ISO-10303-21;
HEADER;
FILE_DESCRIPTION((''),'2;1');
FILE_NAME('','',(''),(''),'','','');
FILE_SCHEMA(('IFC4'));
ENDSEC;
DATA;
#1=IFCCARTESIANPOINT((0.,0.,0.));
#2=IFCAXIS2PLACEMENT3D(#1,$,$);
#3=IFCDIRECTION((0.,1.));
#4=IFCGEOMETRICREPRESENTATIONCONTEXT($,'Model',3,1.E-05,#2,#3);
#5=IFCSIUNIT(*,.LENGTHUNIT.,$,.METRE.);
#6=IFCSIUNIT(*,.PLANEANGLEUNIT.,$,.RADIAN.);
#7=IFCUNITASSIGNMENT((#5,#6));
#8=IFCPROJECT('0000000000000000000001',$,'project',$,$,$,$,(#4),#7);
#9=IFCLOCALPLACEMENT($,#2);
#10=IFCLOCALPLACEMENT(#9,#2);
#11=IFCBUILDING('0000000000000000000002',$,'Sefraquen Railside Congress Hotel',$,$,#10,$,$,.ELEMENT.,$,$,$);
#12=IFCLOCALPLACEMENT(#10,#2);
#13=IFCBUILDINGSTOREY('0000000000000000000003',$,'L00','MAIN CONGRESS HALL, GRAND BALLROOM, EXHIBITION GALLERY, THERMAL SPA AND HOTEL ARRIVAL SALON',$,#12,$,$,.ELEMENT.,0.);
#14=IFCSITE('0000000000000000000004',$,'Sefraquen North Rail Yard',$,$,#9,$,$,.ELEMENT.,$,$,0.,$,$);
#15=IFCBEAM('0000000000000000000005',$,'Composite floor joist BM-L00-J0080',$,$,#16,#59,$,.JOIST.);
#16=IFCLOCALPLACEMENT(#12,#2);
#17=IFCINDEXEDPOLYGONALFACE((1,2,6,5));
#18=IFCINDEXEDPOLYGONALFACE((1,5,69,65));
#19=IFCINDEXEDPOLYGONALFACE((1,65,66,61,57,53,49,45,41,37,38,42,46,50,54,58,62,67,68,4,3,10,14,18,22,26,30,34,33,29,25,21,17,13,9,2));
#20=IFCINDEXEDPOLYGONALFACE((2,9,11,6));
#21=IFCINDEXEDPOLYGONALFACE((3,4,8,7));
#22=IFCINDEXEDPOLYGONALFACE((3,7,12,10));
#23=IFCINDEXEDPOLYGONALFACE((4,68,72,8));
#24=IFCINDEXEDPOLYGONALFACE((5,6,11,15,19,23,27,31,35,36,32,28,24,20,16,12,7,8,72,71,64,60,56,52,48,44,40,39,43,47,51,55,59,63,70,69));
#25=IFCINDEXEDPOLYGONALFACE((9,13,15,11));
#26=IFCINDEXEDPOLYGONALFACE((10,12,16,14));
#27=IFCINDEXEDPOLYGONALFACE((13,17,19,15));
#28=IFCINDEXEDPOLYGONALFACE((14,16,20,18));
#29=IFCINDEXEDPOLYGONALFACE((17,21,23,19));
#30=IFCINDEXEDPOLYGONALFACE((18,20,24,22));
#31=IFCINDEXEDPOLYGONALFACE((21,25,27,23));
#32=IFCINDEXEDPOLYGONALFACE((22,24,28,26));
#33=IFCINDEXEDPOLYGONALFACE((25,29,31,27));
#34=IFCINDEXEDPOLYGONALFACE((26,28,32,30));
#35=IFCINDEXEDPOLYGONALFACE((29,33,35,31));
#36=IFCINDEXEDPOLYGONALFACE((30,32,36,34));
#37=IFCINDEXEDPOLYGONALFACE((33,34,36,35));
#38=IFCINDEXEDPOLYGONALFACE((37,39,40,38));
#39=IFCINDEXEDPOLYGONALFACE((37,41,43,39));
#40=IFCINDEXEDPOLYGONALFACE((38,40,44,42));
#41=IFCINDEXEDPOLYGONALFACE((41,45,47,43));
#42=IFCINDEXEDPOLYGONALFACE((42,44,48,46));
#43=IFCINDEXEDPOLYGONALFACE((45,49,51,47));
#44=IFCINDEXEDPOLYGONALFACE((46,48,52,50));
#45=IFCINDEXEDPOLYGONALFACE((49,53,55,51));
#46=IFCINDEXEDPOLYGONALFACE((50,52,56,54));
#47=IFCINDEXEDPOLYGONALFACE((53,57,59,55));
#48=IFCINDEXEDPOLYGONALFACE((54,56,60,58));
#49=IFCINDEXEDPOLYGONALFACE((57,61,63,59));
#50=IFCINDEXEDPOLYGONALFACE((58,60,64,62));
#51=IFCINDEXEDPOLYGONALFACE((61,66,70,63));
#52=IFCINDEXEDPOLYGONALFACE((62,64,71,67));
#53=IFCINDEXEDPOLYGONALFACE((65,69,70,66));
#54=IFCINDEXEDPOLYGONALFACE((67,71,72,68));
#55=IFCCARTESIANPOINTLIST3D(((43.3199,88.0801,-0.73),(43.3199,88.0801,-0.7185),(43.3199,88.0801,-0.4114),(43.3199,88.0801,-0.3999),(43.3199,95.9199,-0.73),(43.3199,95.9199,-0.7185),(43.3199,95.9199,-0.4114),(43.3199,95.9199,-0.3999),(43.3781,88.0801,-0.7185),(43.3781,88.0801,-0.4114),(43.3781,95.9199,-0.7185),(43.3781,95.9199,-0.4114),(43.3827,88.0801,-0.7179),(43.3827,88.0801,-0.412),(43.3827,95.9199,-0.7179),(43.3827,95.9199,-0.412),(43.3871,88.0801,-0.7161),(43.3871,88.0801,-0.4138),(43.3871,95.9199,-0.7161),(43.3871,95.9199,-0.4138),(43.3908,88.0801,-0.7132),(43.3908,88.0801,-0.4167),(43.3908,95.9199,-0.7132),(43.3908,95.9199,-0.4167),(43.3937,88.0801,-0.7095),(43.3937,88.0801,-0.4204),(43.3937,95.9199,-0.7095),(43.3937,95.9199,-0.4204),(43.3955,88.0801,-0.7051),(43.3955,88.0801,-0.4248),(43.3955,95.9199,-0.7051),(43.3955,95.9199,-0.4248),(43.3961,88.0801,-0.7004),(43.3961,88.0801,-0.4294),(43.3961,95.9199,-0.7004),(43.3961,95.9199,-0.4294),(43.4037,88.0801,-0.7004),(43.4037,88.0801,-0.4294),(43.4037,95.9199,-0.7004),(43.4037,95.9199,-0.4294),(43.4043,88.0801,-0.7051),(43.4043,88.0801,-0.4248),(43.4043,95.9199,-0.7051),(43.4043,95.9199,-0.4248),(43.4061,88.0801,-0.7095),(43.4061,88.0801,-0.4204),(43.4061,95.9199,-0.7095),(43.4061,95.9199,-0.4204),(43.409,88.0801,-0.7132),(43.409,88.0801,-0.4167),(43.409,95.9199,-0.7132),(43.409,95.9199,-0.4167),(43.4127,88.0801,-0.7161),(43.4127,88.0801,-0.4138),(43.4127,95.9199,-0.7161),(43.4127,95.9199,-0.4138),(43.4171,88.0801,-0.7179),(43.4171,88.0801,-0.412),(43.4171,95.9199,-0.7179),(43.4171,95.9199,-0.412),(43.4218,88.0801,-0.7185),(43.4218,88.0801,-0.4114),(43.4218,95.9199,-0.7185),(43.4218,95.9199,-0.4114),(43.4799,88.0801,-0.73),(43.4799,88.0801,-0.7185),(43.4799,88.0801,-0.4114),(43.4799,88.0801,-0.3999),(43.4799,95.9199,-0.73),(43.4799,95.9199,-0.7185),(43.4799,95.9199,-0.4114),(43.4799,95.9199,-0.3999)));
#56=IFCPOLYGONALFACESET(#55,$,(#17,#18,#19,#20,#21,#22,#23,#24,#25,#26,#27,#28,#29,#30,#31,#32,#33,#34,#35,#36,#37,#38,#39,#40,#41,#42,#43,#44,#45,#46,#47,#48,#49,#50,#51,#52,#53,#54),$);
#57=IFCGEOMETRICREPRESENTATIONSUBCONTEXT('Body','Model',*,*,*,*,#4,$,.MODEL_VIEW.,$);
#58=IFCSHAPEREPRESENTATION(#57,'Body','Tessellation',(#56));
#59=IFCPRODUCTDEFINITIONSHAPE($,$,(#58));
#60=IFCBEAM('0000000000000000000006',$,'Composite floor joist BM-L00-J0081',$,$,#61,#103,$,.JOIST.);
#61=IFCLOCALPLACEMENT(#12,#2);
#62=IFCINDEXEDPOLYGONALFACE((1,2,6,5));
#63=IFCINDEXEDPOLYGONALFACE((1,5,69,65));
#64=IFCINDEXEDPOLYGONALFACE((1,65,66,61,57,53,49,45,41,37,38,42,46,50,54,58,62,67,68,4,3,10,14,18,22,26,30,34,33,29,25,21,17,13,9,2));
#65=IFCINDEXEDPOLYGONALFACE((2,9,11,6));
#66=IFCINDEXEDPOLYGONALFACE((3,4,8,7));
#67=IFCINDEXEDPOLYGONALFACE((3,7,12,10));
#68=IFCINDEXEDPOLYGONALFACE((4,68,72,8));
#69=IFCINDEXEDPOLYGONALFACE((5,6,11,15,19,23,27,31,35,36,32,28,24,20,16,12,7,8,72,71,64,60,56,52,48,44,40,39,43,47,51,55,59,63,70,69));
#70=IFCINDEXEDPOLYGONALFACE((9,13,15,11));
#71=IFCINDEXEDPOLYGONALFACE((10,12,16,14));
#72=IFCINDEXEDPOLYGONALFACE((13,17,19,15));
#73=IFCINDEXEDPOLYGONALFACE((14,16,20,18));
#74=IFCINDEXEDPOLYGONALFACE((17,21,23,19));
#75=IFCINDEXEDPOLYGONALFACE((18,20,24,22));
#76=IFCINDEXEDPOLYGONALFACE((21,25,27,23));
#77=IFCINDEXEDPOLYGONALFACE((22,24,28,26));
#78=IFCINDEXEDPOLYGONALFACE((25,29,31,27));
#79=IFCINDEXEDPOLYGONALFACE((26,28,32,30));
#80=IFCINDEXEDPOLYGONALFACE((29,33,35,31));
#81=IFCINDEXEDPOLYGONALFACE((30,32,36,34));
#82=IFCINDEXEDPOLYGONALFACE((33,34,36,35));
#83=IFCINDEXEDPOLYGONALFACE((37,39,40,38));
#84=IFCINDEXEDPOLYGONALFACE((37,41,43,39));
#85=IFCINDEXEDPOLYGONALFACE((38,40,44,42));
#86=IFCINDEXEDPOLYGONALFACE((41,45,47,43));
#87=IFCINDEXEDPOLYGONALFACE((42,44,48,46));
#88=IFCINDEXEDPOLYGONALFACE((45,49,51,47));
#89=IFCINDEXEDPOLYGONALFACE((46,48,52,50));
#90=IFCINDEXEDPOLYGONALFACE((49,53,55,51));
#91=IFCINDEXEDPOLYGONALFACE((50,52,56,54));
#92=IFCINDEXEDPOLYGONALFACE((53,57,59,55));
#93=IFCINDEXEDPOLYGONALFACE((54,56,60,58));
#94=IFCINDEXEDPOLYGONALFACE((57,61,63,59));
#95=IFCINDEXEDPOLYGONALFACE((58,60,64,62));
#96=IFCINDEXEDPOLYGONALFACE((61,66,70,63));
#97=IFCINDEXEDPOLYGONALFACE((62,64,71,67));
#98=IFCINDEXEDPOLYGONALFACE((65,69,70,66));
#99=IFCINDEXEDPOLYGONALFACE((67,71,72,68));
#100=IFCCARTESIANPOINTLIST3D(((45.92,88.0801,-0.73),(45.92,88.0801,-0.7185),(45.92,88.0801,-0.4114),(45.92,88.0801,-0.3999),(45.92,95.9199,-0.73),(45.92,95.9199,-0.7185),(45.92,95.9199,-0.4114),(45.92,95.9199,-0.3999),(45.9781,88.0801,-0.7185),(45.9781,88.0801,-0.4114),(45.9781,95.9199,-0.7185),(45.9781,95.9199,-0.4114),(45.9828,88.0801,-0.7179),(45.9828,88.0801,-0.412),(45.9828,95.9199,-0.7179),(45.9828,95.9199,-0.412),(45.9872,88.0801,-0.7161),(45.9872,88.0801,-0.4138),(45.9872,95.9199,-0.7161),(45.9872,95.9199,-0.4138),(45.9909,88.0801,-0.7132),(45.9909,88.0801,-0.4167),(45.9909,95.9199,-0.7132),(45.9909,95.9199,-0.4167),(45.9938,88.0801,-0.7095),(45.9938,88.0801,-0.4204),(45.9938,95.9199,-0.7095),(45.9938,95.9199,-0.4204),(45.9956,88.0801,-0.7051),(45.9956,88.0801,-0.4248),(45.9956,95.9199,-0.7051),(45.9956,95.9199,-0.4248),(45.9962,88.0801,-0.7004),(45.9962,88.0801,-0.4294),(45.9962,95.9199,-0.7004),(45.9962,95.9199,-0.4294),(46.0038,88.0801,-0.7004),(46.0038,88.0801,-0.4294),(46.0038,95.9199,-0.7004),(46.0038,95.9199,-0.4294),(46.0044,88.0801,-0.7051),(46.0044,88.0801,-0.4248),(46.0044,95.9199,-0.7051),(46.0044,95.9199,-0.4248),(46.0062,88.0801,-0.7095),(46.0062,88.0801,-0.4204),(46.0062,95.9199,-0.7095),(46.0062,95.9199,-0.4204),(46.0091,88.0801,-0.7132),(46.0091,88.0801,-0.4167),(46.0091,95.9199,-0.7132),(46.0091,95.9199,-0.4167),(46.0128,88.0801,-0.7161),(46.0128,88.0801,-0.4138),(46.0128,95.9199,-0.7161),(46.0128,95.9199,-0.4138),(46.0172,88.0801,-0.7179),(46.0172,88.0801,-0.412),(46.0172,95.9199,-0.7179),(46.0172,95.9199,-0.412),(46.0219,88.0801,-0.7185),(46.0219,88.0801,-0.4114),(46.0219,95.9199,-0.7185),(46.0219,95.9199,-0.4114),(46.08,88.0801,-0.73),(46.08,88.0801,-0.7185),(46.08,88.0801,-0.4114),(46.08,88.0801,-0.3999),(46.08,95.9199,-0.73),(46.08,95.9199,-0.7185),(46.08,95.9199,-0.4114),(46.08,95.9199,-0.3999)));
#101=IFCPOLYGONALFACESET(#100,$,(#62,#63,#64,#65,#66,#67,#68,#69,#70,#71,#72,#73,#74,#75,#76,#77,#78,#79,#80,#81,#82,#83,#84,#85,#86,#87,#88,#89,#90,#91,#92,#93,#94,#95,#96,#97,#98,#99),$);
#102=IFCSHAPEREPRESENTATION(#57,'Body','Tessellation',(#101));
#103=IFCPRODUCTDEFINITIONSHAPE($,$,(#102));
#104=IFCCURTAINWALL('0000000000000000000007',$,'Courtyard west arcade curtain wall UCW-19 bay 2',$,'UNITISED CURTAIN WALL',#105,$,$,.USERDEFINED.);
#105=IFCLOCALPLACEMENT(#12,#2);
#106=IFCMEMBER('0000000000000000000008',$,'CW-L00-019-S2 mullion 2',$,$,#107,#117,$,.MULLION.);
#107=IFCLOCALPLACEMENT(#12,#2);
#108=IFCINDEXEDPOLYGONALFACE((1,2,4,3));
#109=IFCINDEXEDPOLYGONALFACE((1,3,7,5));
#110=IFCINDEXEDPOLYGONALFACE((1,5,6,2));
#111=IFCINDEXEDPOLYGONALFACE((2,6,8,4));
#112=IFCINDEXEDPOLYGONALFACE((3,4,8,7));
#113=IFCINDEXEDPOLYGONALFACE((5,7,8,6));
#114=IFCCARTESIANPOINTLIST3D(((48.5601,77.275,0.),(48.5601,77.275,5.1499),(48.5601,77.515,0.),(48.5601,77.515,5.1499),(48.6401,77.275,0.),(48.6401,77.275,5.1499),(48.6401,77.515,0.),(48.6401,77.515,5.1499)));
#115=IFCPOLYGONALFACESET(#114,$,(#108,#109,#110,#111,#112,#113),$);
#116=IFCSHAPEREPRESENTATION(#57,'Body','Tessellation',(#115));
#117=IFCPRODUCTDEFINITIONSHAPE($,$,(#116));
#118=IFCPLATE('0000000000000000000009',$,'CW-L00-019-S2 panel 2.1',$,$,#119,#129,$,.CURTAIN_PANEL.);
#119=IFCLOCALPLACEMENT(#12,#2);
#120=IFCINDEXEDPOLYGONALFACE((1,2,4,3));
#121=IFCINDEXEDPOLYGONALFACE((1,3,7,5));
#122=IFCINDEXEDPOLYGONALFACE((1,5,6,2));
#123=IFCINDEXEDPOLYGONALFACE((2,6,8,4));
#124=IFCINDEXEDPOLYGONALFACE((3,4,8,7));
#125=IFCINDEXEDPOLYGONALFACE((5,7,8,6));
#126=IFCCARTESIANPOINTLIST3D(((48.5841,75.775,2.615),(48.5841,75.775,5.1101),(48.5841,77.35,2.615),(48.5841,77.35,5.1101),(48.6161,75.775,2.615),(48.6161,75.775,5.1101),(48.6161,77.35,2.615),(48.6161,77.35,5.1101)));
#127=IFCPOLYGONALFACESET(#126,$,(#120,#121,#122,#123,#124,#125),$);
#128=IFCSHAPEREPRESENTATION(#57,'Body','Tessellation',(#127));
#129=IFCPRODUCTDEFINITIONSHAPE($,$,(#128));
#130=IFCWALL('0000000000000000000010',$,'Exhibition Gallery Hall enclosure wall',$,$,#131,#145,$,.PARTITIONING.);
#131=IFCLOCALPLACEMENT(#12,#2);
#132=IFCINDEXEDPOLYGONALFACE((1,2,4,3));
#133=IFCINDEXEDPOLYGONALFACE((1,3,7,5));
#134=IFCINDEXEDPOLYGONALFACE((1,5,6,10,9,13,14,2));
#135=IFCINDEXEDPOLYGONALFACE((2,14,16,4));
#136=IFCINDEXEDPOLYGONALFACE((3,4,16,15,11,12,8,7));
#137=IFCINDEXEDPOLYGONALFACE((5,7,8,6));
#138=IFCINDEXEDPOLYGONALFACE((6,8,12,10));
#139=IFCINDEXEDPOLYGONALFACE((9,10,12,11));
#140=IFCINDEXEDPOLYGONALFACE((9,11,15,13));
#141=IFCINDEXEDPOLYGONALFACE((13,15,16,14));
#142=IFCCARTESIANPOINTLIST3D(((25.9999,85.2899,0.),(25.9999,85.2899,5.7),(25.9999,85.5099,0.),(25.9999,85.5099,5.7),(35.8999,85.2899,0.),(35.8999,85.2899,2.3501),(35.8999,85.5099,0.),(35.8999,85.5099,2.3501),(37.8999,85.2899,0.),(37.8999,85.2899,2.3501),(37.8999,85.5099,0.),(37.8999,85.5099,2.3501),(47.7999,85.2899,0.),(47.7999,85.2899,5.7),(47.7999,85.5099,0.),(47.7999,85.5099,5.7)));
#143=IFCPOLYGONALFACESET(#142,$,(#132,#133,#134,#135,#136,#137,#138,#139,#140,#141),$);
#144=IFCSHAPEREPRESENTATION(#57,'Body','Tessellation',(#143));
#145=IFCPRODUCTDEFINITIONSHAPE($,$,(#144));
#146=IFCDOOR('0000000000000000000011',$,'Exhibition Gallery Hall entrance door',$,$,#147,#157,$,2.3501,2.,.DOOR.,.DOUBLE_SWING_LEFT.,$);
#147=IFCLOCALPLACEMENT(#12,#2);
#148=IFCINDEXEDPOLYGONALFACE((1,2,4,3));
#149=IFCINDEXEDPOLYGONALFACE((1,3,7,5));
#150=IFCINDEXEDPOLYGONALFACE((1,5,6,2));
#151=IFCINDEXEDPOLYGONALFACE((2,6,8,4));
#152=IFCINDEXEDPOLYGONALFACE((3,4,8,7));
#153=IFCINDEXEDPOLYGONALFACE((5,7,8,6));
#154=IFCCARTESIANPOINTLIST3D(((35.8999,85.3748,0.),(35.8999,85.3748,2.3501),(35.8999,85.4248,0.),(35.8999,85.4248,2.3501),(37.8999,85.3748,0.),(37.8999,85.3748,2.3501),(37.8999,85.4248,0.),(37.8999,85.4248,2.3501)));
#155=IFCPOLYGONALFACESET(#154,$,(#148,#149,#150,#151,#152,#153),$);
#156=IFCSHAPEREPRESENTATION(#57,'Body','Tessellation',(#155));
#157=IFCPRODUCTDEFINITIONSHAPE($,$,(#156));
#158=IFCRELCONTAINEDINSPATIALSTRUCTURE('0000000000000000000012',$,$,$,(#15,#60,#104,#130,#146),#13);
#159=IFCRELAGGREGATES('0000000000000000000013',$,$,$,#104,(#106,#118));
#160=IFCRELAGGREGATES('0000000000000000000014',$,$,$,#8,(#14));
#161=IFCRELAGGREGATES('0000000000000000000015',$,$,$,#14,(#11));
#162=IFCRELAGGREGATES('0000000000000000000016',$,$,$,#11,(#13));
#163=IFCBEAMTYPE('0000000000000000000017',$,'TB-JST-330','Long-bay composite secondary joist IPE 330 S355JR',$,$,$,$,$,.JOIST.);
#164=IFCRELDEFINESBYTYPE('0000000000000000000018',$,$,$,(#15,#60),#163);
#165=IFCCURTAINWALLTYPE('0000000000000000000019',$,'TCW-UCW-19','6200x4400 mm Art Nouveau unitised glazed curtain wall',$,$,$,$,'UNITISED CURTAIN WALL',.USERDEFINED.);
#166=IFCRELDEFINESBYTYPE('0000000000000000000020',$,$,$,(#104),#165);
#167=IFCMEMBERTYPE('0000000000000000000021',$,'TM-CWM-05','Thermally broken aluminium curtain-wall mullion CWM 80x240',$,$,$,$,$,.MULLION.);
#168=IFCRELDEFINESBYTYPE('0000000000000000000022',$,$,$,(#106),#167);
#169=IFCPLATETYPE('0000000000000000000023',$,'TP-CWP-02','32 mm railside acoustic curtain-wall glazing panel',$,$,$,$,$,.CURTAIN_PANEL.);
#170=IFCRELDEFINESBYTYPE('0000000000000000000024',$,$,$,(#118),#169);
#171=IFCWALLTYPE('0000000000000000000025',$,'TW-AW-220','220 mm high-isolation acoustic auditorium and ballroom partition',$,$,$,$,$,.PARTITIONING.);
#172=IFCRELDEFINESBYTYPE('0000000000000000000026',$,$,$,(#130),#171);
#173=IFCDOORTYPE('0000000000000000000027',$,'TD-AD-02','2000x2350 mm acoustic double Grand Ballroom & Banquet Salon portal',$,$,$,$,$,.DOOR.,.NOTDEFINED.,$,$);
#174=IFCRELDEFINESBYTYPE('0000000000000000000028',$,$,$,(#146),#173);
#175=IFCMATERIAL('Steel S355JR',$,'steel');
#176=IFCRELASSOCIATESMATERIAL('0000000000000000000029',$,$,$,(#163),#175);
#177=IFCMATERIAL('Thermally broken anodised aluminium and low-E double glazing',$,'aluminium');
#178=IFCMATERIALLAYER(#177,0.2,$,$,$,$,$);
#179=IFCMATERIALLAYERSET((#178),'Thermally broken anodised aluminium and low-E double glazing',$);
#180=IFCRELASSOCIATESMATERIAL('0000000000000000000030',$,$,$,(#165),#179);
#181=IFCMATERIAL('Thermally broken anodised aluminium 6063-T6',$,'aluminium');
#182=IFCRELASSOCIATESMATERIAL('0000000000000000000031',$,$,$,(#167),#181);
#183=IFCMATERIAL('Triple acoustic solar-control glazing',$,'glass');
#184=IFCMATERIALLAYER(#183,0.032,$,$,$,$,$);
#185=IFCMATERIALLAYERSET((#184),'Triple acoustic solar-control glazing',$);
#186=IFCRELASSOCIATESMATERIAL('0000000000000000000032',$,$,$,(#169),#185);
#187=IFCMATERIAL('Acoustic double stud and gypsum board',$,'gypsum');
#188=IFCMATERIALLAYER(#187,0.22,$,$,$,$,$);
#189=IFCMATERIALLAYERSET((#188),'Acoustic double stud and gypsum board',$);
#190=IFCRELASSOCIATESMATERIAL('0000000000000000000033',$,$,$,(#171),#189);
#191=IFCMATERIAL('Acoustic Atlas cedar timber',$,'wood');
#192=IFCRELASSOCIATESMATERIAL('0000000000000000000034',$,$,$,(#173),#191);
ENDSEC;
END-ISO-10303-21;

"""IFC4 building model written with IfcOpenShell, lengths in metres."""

from ifc_helpers import new_model, si_unit, direction, frame, frame_2d, origin, origin_2d, place, context, subcontext, project, spatial, rectangle, i_section, extrude, material, layer, layer_set, material_profile, profile_set, type_object, element, fill, aggregate, save


model = new_model("IFC4")

# Units and contexts
model_context = context("Model", 3, precision=1e-05, world=origin(), true_north=direction((0.0, 1.0)))
body_context = subcontext(model_context, "Body", "Model", "MODEL_VIEW")
ifc_project = project(units=[si_unit("LENGTHUNIT", "METRE"), si_unit("PLANEANGLEUNIT", "RADIAN")], contexts=[model_context])

# Site, building, storey
site_placement = place(None, origin())
site = spatial("IfcSite", under=ifc_project, at=site_placement, Name="Sefraquen North Rail Yard", CompositionType="ELEMENT", RefElevation=0.0)
building_placement = place(site_placement, origin())
building = spatial("IfcBuilding", under=site, at=building_placement, Name="Sefraquen Railside Congress Hotel", CompositionType="ELEMENT")
storey_placement = place(building_placement, origin())
storey = spatial("IfcBuildingStorey", under=building, at=storey_placement, Name="L00", Description="MAIN CONGRESS HALL, GRAND BALLROOM, EXHIBITION GALLERY, THERMAL SPA AND HOTEL ARRIVAL SALON", CompositionType="ELEMENT", Elevation=0.0)

# Shared definitions
ifc_material_1 = material(Name="Steel S355JR", Category="steel")

# Beams
ifc_material_profile_1 = material_profile(ifc_material_1, i_section(OverallWidth=0.1599, OverallDepth=0.3301, WebThickness=0.0076, FlangeThickness=0.0115, FilletRadius=0.0181, at=origin_2d()), Name="IPE 330")
ifc_profile_set_1 = profile_set([ifc_material_profile_1], Name="Steel S355JR")
beam_type_1 = type_object("IfcBeamType", Name="TB-JST-330", Description="Long-bay composite secondary joist IPE 330 S355JR", PredefinedType="JOIST", material=ifc_profile_set_1)
for number, where, z_axis, x_axis, name in (
    (1, (43.3999, 88.0801, -0.5649), (0.0, 1.0, 0.0), (-1.0, 0.0, 0.0), "Composite floor joist BM-L00-J0080"),
    (2, (46.0, 88.0801, -0.5649), (0.0, 1.0, 0.0), (-1.0, 0.0, 0.0), "Composite floor joist BM-L00-J0081"),
):
    element("IfcBeam", number, at=place(storey_placement, frame(where, z_axis=z_axis, x_axis=x_axis)), inside=storey, type_object=beam_type_1, Name=name, PredefinedType="JOIST", context=body_context, shape_type="SweptSolid", body=[
        extrude(i_section(OverallWidth=0.1599, OverallDepth=0.3301, WebThickness=0.0076, FlangeThickness=0.0115, FilletRadius=0.0181, at=origin_2d()), origin(), (0.0, 0.0, 1.0), 7.8398),
    ])

# Curtain wall, member, plate
ifc_material_2 = material(Name="Thermally broken anodised aluminium and low-E double glazing", Category="aluminium")
ifc_layer_1 = layer(ifc_material_2, 0.2)
ifc_layer_set_1 = layer_set([ifc_layer_1], Name="Thermally broken anodised aluminium and low-E double glazing")
curtain_wall_type = type_object("IfcCurtainWallType", Name="TCW-UCW-19", Description="6200x4400 mm Art Nouveau unitised glazed curtain wall", ElementType="UNITISED CURTAIN WALL", PredefinedType="USERDEFINED", material=ifc_layer_set_1)
curtain_wall_placement = place(storey_placement, origin())
curtain_wall = element("IfcCurtainWall", 3, at=curtain_wall_placement, inside=storey, type_object=curtain_wall_type, Name="Courtyard west arcade curtain wall UCW-19 bay 2", ObjectType="UNITISED CURTAIN WALL", PredefinedType="USERDEFINED")
ifc_material_3 = material(Name="Thermally broken anodised aluminium 6063-T6", Category="aluminium")
ifc_material_profile_2 = material_profile(ifc_material_3, rectangle(XDim=0.0801, YDim=0.24, at=origin_2d()), Name="CWM 80x240")
ifc_profile_set_2 = profile_set([ifc_material_profile_2], Name="Thermally broken anodised aluminium 6063-T6")
member_type = type_object("IfcMemberType", Name="TM-CWM-05", Description="Thermally broken aluminium curtain-wall mullion CWM 80x240", PredefinedType="MULLION", material=ifc_profile_set_2)
member_placement = place(storey_placement, frame((48.6001, 77.395, 0.0), z_axis=(0.0, 0.0, 1.0), x_axis=(1.0, 0.0, 0.0)))
member = element("IfcMember", 4, at=member_placement, type_object=member_type, Name="CW-L00-019-S2 mullion 2", PredefinedType="MULLION", context=body_context, shape_type="SweptSolid", body=[
    extrude(rectangle(XDim=0.0801, YDim=0.24, at=origin_2d()), origin(), (0.0, 0.0, 1.0), 5.1499),
])
ifc_material_4 = material(Name="Triple acoustic solar-control glazing", Category="glass")
ifc_layer_2 = layer(ifc_material_4, 0.032)
ifc_layer_set_2 = layer_set([ifc_layer_2], Name="Triple acoustic solar-control glazing")
plate_type = type_object("IfcPlateType", Name="TP-CWP-02", Description="32 mm railside acoustic curtain-wall glazing panel", PredefinedType="CURTAIN_PANEL", material=ifc_layer_set_2)
plate_placement = place(storey_placement, frame((48.6001, 76.5625, 2.615), z_axis=(0.0, 0.0, 1.0), x_axis=(0.0, 1.0, 0.0)))
plate = element("IfcPlate", 5, at=plate_placement, type_object=plate_type, Name="CW-L00-019-S2 panel 2.1", PredefinedType="CURTAIN_PANEL", context=body_context, shape_type="SweptSolid", body=[
    extrude(rectangle(XDim=1.575, YDim=0.032, at=origin_2d()), origin(), (0.0, 0.0, 1.0), 2.4951),
])
aggregate(curtain_wall, [member, plate])

# Wall, opening, door
ifc_material_5 = material(Name="Acoustic double stud and gypsum board", Category="gypsum")
ifc_layer_3 = layer(ifc_material_5, 0.22)
ifc_layer_set_3 = layer_set([ifc_layer_3], Name="Acoustic double stud and gypsum board")
wall_type_1 = type_object("IfcWallType", Name="TW-AW-220", Description="220 mm high-isolation acoustic auditorium and ballroom partition", PredefinedType="PARTITIONING", material=ifc_layer_set_3)
wall_1_placement = place(storey_placement, frame((26.0, 85.3999, 0.0), z_axis=(0.0, 0.0, 1.0), x_axis=(1.0, 0.0, 0.0)))
wall_1 = element("IfcWall", 6, at=wall_1_placement, inside=storey, type_object=wall_type_1, Name="Exhibition Gallery Hall enclosure wall", PredefinedType="PARTITIONING", context=body_context, shape_type="SweptSolid", body=[
    extrude(rectangle(XDim=21.8, YDim=0.22, at=frame_2d((10.8999, 0.0))), origin(), (0.0, 0.0, 1.0), 5.7),
])
opening_1_placement = place(wall_1_placement, frame((9.8999, 0.0, 0.0)))
opening_1 = element("IfcOpeningElement", 7, at=opening_1_placement, cuts=wall_1, PredefinedType="OPENING", context=body_context, shape_type="SweptSolid", body=[
    extrude(rectangle(XDim=2.0, YDim=2.3501, at=frame_2d((1.0, 1.175))), frame((0.0, 0.1199, 0.0), z_axis=(0.0, -1.0, 0.0), x_axis=(1.0, 0.0, 0.0)), (0.0, 0.0, 1.0), 0.24),
])
ifc_material_6 = material(Name="Acoustic Atlas cedar timber", Category="wood")
door_type_1 = type_object("IfcDoorType", Name="TD-AD-02", Description="2000x2350 mm acoustic double Grand Ballroom & Banquet Salon portal", OperationType="NOTDEFINED", PredefinedType="DOOR", material=ifc_material_6)
door_1_placement = place(opening_1_placement, origin())
door_1 = element("IfcDoor", 8, at=door_1_placement, inside=storey, type_object=door_type_1, Name="Exhibition Gallery Hall entrance door", OperationType="DOUBLE_SWING_LEFT", OverallHeight=2.3501, OverallWidth=2.0, PredefinedType="DOOR", context=body_context, shape_type="SweptSolid", body=[
    extrude(rectangle(XDim=2.0, YDim=2.3501, at=frame_2d((1.0, 1.175))), frame((0.0, 0.0249, 0.0), z_axis=(0.0, -1.0, 0.0), x_axis=(1.0, 0.0, 0.0)), (0.0, 0.0, 1.0), 0.05),
])
fill(opening_1, door_1)

save(model, "model.ifc")
